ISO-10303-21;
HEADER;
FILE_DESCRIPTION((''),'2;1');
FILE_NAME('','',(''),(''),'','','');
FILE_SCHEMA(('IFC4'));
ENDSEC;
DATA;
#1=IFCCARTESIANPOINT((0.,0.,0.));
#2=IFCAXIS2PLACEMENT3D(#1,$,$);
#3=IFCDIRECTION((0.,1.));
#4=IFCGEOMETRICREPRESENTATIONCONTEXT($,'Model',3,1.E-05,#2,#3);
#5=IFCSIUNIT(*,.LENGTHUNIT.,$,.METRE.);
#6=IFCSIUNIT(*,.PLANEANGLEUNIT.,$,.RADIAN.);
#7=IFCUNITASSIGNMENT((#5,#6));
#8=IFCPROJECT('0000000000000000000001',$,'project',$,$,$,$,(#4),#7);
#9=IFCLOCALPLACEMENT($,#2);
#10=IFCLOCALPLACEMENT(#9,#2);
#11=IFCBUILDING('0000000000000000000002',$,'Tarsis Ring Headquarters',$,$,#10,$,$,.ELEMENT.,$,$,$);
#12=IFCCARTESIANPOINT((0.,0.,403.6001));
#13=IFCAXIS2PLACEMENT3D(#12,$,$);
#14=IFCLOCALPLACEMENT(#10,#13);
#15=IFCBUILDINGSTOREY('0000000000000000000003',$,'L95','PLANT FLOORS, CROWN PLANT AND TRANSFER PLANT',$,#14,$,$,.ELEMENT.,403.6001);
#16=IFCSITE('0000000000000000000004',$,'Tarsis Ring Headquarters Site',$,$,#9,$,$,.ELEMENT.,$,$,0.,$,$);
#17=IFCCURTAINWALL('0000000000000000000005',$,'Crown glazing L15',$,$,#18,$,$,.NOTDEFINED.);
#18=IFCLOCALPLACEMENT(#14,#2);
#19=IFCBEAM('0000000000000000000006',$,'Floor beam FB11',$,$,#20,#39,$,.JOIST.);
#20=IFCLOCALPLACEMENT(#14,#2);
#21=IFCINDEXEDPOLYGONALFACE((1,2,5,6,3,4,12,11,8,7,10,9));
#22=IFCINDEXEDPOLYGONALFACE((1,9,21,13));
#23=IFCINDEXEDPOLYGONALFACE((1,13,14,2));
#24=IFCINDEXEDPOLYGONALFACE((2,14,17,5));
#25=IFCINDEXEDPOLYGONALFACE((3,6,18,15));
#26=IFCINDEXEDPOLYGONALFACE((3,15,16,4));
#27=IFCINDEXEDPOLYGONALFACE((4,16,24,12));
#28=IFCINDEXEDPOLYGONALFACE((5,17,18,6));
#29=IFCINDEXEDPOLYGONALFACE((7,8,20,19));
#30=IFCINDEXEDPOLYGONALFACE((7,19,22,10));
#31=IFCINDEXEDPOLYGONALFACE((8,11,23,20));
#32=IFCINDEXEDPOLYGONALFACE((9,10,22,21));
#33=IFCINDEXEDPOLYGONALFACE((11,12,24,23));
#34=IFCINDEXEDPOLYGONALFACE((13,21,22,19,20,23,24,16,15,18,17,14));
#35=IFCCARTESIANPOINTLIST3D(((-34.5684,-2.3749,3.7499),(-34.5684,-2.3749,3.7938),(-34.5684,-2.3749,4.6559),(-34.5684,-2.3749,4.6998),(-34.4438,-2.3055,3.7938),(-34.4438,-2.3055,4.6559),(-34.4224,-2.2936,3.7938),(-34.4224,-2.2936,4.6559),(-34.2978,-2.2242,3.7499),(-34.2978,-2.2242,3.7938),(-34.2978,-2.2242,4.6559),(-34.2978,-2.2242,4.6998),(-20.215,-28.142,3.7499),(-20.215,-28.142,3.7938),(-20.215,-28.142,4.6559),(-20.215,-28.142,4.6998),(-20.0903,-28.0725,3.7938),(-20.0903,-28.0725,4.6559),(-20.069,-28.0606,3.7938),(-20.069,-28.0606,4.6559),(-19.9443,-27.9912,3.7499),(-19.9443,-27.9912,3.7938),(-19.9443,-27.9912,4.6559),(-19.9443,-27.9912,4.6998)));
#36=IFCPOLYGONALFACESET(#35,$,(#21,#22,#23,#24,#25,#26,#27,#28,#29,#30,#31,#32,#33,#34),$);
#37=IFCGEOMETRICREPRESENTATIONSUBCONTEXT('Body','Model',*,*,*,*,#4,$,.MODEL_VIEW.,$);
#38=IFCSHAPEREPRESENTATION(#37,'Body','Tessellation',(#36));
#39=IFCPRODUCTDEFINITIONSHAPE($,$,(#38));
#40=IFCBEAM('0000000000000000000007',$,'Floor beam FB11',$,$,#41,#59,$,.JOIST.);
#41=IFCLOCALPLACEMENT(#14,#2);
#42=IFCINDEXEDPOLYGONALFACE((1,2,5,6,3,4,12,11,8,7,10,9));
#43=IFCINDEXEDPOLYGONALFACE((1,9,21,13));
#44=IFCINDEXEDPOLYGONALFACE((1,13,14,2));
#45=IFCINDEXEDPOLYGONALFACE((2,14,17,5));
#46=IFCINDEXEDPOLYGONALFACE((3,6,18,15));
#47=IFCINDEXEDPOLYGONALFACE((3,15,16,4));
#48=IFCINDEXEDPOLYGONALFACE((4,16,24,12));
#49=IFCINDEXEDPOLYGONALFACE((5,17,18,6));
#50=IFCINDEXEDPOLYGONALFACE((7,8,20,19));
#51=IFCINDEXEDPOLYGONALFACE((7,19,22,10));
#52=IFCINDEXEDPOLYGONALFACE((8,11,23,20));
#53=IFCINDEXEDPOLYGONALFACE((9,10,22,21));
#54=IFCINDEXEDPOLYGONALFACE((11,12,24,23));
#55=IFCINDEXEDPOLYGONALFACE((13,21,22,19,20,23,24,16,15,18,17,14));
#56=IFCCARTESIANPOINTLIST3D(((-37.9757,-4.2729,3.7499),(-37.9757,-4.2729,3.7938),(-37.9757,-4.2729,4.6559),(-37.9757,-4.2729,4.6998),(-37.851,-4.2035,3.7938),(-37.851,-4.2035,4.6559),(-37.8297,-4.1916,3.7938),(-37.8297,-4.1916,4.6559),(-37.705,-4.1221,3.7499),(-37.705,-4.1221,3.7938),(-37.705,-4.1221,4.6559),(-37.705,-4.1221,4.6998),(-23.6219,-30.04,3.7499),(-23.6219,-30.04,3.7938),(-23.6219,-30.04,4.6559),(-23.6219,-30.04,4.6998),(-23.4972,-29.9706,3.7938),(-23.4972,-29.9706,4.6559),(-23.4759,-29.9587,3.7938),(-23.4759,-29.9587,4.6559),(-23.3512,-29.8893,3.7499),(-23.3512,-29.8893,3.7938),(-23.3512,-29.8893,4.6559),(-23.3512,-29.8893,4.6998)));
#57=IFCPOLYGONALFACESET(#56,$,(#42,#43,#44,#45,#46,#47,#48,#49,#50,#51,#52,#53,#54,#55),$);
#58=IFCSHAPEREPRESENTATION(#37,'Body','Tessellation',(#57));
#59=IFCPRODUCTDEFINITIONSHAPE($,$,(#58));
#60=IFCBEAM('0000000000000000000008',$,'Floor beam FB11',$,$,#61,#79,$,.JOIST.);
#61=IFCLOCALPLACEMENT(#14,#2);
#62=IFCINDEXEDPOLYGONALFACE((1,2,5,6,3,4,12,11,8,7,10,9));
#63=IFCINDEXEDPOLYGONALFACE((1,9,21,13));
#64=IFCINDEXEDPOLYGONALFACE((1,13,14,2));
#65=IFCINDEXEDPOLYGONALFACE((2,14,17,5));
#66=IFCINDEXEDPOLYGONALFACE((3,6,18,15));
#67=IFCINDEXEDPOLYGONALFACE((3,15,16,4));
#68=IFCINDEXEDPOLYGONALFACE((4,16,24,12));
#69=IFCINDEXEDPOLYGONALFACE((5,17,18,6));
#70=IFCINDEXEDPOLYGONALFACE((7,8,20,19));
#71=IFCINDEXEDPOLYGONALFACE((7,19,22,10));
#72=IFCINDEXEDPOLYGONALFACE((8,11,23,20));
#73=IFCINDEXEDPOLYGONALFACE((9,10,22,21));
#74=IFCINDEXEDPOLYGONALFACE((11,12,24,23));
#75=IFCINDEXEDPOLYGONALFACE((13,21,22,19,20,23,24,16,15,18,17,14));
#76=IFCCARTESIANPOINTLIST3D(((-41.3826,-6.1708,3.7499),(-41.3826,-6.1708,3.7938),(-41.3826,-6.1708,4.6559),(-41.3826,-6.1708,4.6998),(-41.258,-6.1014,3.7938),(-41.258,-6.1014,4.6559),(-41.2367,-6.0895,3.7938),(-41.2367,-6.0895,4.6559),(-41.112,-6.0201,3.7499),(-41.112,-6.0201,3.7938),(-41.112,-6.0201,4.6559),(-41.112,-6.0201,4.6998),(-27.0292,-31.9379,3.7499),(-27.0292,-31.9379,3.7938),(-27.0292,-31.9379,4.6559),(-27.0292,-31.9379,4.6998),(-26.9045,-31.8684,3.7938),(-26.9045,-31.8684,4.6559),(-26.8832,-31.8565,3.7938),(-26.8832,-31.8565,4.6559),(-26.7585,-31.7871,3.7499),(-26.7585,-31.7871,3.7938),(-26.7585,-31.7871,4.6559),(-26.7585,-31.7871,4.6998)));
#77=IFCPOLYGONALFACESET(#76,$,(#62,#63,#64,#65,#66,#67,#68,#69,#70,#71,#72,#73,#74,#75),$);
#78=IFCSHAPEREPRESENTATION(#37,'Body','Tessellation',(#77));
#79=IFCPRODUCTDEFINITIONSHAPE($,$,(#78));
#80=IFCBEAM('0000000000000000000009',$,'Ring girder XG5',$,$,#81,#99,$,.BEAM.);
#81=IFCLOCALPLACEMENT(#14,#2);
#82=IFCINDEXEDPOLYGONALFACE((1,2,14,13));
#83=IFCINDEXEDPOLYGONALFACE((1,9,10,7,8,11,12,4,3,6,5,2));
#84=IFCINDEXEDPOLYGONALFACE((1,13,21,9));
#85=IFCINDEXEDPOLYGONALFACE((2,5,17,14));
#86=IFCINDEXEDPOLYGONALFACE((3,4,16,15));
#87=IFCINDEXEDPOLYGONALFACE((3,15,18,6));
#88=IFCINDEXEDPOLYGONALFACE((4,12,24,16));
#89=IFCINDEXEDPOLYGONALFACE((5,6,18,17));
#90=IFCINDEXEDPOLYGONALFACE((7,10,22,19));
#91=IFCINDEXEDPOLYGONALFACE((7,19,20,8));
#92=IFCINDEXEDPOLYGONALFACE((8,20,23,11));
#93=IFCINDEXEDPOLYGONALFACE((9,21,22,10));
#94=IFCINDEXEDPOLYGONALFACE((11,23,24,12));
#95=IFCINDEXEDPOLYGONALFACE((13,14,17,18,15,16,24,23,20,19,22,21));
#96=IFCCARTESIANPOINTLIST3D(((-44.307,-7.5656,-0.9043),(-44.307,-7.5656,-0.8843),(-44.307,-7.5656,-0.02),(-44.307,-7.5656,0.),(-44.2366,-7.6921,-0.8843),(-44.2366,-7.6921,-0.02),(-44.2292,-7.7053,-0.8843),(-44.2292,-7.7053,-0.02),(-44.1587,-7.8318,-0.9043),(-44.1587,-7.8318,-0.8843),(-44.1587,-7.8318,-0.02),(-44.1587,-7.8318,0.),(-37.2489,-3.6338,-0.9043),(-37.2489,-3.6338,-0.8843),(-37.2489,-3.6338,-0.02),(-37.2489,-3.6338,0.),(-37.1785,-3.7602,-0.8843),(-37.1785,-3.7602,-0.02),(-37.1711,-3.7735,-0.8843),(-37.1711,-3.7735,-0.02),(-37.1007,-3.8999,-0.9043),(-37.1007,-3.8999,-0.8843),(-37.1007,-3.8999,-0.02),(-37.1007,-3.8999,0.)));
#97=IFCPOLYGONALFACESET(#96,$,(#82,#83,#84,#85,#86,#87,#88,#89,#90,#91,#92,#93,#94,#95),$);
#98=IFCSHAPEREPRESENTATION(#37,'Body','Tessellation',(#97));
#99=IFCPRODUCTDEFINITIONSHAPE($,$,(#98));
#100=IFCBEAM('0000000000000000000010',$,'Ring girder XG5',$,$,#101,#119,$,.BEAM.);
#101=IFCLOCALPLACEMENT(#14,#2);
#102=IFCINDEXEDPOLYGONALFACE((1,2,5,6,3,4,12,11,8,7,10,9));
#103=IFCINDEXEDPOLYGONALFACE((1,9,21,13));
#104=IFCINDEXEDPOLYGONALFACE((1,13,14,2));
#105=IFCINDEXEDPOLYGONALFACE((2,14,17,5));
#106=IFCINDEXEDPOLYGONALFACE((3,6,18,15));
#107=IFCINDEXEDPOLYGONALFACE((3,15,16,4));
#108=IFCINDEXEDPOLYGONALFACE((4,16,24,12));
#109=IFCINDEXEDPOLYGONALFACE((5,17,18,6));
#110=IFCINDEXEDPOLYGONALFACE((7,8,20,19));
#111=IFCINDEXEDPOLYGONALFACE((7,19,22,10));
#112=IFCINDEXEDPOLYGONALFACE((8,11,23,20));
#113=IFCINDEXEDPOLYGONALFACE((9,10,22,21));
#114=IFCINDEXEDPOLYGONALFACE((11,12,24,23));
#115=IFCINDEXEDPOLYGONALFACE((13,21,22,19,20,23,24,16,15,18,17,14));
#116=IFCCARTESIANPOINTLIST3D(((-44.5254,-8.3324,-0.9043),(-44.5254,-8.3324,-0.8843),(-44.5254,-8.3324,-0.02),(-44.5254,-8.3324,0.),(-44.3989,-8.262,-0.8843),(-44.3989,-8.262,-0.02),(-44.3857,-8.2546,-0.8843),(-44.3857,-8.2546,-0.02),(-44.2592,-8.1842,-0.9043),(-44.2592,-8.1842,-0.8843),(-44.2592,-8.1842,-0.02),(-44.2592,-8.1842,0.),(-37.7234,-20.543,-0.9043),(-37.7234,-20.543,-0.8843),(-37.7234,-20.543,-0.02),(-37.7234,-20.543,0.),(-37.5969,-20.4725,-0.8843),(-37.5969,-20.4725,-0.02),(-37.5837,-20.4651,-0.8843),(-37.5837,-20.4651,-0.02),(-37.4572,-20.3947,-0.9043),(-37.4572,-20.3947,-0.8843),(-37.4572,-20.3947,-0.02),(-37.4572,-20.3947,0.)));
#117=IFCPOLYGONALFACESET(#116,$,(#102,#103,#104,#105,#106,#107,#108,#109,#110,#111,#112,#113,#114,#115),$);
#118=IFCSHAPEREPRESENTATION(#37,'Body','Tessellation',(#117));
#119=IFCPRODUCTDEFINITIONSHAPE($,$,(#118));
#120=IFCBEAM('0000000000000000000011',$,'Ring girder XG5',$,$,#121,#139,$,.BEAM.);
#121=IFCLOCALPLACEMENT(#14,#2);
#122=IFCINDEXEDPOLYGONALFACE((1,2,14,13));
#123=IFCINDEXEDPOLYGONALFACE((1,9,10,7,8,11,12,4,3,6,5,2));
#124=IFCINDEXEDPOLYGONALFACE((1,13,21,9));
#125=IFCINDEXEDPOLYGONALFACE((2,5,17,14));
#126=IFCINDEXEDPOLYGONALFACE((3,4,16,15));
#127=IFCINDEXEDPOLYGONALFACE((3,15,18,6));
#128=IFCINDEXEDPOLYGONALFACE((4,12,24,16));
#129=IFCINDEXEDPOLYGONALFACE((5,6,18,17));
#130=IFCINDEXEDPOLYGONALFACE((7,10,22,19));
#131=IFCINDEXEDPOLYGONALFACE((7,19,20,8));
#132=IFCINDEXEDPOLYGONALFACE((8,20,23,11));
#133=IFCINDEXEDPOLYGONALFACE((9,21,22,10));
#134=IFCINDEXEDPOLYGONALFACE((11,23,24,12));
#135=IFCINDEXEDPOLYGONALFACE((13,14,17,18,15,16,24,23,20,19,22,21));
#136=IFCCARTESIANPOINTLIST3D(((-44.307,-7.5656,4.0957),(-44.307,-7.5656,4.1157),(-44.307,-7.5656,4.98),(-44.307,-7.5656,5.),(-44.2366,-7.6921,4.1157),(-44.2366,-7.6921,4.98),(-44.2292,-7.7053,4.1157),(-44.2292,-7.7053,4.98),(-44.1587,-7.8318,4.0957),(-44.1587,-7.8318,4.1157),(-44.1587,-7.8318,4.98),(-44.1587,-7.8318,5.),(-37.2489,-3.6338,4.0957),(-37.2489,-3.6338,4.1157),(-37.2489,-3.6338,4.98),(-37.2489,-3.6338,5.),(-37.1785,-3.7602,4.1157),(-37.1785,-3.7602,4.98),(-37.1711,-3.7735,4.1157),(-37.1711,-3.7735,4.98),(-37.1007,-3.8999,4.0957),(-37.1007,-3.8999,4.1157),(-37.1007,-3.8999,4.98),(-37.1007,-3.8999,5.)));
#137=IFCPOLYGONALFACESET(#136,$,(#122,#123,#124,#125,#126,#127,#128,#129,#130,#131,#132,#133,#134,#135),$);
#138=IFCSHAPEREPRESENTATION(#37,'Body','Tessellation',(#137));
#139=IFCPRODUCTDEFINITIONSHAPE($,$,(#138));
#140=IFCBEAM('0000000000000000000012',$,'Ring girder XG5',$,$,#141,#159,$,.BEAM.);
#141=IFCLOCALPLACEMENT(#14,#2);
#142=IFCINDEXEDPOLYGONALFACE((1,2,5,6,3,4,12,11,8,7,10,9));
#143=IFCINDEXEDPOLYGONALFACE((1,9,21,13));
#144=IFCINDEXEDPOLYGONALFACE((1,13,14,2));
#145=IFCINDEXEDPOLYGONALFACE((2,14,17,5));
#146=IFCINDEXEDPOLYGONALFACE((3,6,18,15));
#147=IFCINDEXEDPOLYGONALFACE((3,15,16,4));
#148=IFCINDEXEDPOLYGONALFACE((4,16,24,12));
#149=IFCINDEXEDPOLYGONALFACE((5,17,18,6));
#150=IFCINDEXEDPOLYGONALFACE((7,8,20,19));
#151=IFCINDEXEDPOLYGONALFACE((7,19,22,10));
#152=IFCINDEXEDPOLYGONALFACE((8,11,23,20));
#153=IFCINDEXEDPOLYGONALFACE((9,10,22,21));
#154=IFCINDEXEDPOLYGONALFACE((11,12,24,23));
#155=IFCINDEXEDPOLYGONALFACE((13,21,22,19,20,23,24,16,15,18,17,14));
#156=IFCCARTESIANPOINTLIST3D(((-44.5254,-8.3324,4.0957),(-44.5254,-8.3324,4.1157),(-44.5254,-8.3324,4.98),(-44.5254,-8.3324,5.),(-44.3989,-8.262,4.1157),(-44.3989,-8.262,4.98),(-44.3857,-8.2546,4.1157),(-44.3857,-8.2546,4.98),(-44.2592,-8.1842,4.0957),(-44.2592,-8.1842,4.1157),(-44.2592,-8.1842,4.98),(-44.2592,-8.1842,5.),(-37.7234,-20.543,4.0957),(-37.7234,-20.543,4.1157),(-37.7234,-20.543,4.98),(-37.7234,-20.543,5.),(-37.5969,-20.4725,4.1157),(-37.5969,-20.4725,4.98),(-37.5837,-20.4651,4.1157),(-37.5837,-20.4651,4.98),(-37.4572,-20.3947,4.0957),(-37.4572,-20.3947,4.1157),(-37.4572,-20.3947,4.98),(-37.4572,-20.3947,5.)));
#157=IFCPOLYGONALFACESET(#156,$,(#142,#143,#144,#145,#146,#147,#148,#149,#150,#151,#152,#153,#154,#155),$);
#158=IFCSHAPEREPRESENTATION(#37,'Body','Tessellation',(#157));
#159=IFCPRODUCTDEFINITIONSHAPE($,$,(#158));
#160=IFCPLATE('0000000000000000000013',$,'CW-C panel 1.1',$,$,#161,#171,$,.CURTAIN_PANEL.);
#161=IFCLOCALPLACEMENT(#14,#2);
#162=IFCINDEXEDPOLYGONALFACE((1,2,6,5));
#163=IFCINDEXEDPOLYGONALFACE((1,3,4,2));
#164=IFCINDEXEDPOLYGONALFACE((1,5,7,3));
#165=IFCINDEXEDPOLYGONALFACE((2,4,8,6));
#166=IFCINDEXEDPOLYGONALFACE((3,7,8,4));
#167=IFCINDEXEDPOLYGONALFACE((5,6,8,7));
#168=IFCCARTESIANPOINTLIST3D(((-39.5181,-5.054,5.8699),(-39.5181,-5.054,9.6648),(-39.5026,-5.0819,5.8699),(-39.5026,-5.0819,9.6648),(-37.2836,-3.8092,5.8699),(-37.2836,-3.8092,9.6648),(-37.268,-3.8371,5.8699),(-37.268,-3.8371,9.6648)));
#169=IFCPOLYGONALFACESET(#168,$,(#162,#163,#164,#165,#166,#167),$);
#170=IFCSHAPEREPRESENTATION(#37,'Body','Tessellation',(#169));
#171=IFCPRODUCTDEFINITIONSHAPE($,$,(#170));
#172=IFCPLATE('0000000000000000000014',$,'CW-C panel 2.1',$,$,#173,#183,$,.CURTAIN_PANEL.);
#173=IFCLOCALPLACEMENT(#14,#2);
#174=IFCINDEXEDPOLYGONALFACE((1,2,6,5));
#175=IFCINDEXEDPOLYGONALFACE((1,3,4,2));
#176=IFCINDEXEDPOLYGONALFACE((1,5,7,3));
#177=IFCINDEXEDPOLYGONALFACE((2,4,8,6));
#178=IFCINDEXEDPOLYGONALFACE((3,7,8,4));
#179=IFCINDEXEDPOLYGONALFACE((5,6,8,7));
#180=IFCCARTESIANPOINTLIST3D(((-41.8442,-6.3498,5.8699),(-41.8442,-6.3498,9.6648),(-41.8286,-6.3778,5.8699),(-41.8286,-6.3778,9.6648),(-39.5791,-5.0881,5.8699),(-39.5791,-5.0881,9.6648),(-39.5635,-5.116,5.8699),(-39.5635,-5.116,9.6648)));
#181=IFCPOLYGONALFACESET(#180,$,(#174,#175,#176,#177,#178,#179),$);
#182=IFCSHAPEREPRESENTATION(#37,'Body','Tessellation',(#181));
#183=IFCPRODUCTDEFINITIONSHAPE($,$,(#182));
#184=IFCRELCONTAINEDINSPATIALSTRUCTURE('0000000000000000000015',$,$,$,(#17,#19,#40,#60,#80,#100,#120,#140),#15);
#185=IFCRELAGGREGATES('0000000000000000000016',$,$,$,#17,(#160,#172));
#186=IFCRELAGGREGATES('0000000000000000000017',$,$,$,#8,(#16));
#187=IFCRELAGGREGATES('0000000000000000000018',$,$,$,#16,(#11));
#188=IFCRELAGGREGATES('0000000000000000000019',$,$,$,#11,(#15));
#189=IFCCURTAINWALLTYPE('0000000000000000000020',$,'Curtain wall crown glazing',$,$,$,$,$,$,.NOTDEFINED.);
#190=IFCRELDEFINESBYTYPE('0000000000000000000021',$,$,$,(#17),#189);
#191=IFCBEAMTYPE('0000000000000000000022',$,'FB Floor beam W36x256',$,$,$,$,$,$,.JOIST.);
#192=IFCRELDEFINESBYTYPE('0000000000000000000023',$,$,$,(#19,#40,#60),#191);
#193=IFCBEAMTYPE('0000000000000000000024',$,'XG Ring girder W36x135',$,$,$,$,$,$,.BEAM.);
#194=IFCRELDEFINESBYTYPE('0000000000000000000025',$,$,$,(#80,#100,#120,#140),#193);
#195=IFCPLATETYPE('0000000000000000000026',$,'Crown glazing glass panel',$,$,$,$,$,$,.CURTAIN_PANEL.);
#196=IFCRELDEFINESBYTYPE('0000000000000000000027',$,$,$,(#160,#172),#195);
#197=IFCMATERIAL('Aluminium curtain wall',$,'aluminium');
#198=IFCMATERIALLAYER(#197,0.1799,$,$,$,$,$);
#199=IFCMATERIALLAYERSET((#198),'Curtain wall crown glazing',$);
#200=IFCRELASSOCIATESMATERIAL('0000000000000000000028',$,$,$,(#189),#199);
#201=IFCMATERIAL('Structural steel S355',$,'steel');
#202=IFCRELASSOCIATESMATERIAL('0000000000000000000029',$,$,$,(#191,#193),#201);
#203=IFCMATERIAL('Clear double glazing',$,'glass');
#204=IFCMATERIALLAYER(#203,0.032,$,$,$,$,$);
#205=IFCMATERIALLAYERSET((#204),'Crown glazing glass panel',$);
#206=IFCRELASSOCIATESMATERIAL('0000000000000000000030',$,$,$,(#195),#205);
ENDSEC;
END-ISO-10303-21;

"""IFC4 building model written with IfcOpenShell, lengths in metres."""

from ifc_helpers import new_model, si_unit, direction, frame, origin, origin_2d, place, context, subcontext, project, spatial, rectangle, i_section, extrude, material, layer, layer_set, material_profile, profile_set, type_object, element, aggregate, save


model = new_model("IFC4")

# Units and contexts
model_context = context("Model", 3, precision=1e-05, world=origin(), true_north=direction((0.0, 1.0)))
body_context = subcontext(model_context, "Body", "Model", "MODEL_VIEW")
ifc_project = project(units=[si_unit("LENGTHUNIT", "METRE"), si_unit("PLANEANGLEUNIT", "RADIAN")], contexts=[model_context])

# Site, building, storey
site_placement = place(None, origin())
site = spatial("IfcSite", under=ifc_project, at=site_placement, Name="Tarsis Ring Headquarters Site", CompositionType="ELEMENT", RefElevation=0.0)
building_placement = place(site_placement, origin())
building = spatial("IfcBuilding", under=site, at=building_placement, Name="Tarsis Ring Headquarters", CompositionType="ELEMENT")
storey_placement = place(building_placement, frame((0.0, 0.0, 403.6001)))
storey = spatial("IfcBuildingStorey", under=building, at=storey_placement, Name="L95", Description="PLANT FLOORS, CROWN PLANT AND TRANSFER PLANT", CompositionType="ELEMENT", Elevation=403.6001)

# Shared definitions
ifc_material_1 = material(Name="Structural steel S355", Category="steel")

# Curtain wall
ifc_material_2 = material(Name="Aluminium curtain wall", Category="aluminium")
ifc_layer_1 = layer(ifc_material_2, 0.1799)
ifc_layer_set_1 = layer_set([ifc_layer_1], Name="Curtain wall crown glazing")
curtain_wall_type = type_object("IfcCurtainWallType", Name="Curtain wall crown glazing", PredefinedType="NOTDEFINED", material=ifc_layer_set_1)
curtain_wall_placement = place(storey_placement, origin())
curtain_wall = element("IfcCurtainWall", 1, at=curtain_wall_placement, inside=storey, type_object=curtain_wall_type, Name="Crown glazing L15", PredefinedType="NOTDEFINED")

# Beams
ifc_material_profile_1 = material_profile(ifc_material_1, i_section(OverallWidth=0.3098, OverallDepth=0.95, WebThickness=0.0244, FlangeThickness=0.0439, at=origin_2d()), Name="W36x256")
ifc_profile_set_1 = profile_set([ifc_material_profile_1], Name="Structural steel S355")
beam_type_1 = type_object("IfcBeamType", Name="FB Floor beam W36x256", PredefinedType="JOIST", material=ifc_profile_set_1)
for number, where, z_axis, x_axis, name in (
    (2, (-34.4331, -2.2996, 4.2249), (0.486639, -0.873603, 0.0), (0.873603, 0.486639, 0.0), "Floor beam FB11"),
):
    element("IfcBeam", number, at=place(storey_placement, frame(where, z_axis=z_axis, x_axis=x_axis)), inside=storey, type_object=beam_type_1, Name=name, PredefinedType="JOIST", context=body_context, shape_type="SweptSolid", body=[
        extrude(i_section(OverallWidth=0.3098, OverallDepth=0.95, WebThickness=0.0244, FlangeThickness=0.0439, at=origin_2d()), origin(), (0.0, 0.0, 1.0), 29.4951),
    ])
beam_1_placement = place(storey_placement, frame((-37.8403, -4.1975, 4.2249), z_axis=(0.486645, -0.8736, 0.0), x_axis=(0.8736, 0.486645, 0.0)))
element("IfcBeam", 3, at=beam_1_placement, inside=storey, type_object=beam_type_1, Name="Floor beam FB11", PredefinedType="JOIST", context=body_context, shape_type="SweptSolid", body=[
    extrude(i_section(OverallWidth=0.3098, OverallDepth=0.95, WebThickness=0.0244, FlangeThickness=0.0439, at=origin_2d()), origin(), (0.0, 0.0, 1.0), 29.4954),
])
beam_2_placement = place(storey_placement, frame((-41.2473, -6.0955, 4.2249), z_axis=(0.486639, -0.873603, 0.0), x_axis=(0.873603, 0.486639, 0.0)))
element("IfcBeam", 4, at=beam_2_placement, inside=storey, type_object=beam_type_1, Name="Floor beam FB11", PredefinedType="JOIST", context=body_context, shape_type="SweptSolid", body=[
    extrude(i_section(OverallWidth=0.3098, OverallDepth=0.95, WebThickness=0.0244, FlangeThickness=0.0439, at=origin_2d()), origin(), (0.0, 0.0, 1.0), 29.4951),
])
ifc_material_profile_2 = material_profile(ifc_material_1, i_section(OverallWidth=0.3047, OverallDepth=0.9043, WebThickness=0.0151, FlangeThickness=0.02, at=origin_2d()), Name="W36x135")
ifc_profile_set_2 = profile_set([ifc_material_profile_2], Name="Structural steel S355")
beam_type_2 = type_object("IfcBeamType", Name="XG Ring girder W36x135", PredefinedType="BEAM", material=ifc_profile_set_2)
beam_3_placement = place(storey_placement, frame((-37.1748, -3.7668, -0.4521), z_axis=(-0.873594, -0.486656, 0.0), x_axis=(0.486656, -0.873594, 0.0)))
element("IfcBeam", 5, at=beam_3_placement, inside=storey, type_object=beam_type_2, Name="Ring girder XG5", PredefinedType="BEAM", context=body_context, shape_type="SweptSolid", body=[
    extrude(i_section(OverallWidth=0.3047, OverallDepth=0.9043, WebThickness=0.0151, FlangeThickness=0.02, at=origin_2d()), origin(), (0.0, 0.0, 1.0), 8.0793),
])
beam_4_placement = place(storey_placement, frame((-44.3923, -8.2583, -0.4521), z_axis=(0.48665, -0.873597, 0.0), x_axis=(0.873597, 0.48665, 0.0)))
element("IfcBeam", 6, at=beam_4_placement, inside=storey, type_object=beam_type_2, Name="Ring girder XG5", PredefinedType="BEAM", context=body_context, shape_type="SweptSolid", body=[
    extrude(i_section(OverallWidth=0.3047, OverallDepth=0.9043, WebThickness=0.0151, FlangeThickness=0.02, at=origin_2d()), origin(), (0.0, 0.0, 1.0), 13.9773),
])
beam_5_placement = place(storey_placement, frame((-37.1748, -3.7668, 4.5479), z_axis=(-0.873594, -0.486656, 0.0), x_axis=(0.486656, -0.873594, 0.0)))
element("IfcBeam", 7, at=beam_5_placement, inside=storey, type_object=beam_type_2, Name="Ring girder XG5", PredefinedType="BEAM", context=body_context, shape_type="SweptSolid", body=[
    extrude(i_section(OverallWidth=0.3047, OverallDepth=0.9043, WebThickness=0.0151, FlangeThickness=0.02, at=origin_2d()), origin(), (0.0, 0.0, 1.0), 8.0793),
])
beam_6_placement = place(storey_placement, frame((-44.3923, -8.2583, 4.5479), z_axis=(0.48665, -0.873597, 0.0), x_axis=(0.873597, 0.48665, 0.0)))
element("IfcBeam", 8, at=beam_6_placement, inside=storey, type_object=beam_type_2, Name="Ring girder XG5", PredefinedType="BEAM", context=body_context, shape_type="SweptSolid", body=[
    extrude(i_section(OverallWidth=0.3047, OverallDepth=0.9043, WebThickness=0.0151, FlangeThickness=0.02, at=origin_2d()), origin(), (0.0, 0.0, 1.0), 13.9773),
])

# Plates
ifc_material_3 = material(Name="Clear double glazing", Category="glass")
ifc_layer_2 = layer(ifc_material_3, 0.032)
ifc_layer_set_2 = layer_set([ifc_layer_2], Name="Crown glazing glass panel")
plate_type = type_object("IfcPlateType", Name="Crown glazing glass panel", PredefinedType="CURTAIN_PANEL", material=ifc_layer_set_2)
plate_1_placement = place(storey_placement, frame((-38.3931, -4.4456, 5.8699), z_axis=(0.0, 0.0, 1.0), x_axis=(-0.873602, -0.48664, 0.0)))
plate_1 = element("IfcPlate", 9, at=plate_1_placement, type_object=plate_type, Name="CW-C panel 1.1", PredefinedType="CURTAIN_PANEL", context=body_context, shape_type="SweptSolid", body=[
    extrude(rectangle(XDim=2.5579, YDim=0.032, at=origin_2d()), origin(), (0.0, 0.0, 1.0), 3.7949),
])
plate_2_placement = place(storey_placement, frame((-40.7039, -5.7329, 5.8699), z_axis=(0.0, 0.0, 1.0), x_axis=(-0.873602, -0.48664, 0.0)))
plate_2 = element("IfcPlate", 10, at=plate_2_placement, type_object=plate_type, Name="CW-C panel 2.1", PredefinedType="CURTAIN_PANEL", context=body_context, shape_type="SweptSolid", body=[
    extrude(rectangle(XDim=2.5928, YDim=0.032, at=origin_2d()), origin(), (0.0, 0.0, 1.0), 3.7949),
])
aggregate(curtain_wall, [plate_1, plate_2])

save(model, "model.ifc")
